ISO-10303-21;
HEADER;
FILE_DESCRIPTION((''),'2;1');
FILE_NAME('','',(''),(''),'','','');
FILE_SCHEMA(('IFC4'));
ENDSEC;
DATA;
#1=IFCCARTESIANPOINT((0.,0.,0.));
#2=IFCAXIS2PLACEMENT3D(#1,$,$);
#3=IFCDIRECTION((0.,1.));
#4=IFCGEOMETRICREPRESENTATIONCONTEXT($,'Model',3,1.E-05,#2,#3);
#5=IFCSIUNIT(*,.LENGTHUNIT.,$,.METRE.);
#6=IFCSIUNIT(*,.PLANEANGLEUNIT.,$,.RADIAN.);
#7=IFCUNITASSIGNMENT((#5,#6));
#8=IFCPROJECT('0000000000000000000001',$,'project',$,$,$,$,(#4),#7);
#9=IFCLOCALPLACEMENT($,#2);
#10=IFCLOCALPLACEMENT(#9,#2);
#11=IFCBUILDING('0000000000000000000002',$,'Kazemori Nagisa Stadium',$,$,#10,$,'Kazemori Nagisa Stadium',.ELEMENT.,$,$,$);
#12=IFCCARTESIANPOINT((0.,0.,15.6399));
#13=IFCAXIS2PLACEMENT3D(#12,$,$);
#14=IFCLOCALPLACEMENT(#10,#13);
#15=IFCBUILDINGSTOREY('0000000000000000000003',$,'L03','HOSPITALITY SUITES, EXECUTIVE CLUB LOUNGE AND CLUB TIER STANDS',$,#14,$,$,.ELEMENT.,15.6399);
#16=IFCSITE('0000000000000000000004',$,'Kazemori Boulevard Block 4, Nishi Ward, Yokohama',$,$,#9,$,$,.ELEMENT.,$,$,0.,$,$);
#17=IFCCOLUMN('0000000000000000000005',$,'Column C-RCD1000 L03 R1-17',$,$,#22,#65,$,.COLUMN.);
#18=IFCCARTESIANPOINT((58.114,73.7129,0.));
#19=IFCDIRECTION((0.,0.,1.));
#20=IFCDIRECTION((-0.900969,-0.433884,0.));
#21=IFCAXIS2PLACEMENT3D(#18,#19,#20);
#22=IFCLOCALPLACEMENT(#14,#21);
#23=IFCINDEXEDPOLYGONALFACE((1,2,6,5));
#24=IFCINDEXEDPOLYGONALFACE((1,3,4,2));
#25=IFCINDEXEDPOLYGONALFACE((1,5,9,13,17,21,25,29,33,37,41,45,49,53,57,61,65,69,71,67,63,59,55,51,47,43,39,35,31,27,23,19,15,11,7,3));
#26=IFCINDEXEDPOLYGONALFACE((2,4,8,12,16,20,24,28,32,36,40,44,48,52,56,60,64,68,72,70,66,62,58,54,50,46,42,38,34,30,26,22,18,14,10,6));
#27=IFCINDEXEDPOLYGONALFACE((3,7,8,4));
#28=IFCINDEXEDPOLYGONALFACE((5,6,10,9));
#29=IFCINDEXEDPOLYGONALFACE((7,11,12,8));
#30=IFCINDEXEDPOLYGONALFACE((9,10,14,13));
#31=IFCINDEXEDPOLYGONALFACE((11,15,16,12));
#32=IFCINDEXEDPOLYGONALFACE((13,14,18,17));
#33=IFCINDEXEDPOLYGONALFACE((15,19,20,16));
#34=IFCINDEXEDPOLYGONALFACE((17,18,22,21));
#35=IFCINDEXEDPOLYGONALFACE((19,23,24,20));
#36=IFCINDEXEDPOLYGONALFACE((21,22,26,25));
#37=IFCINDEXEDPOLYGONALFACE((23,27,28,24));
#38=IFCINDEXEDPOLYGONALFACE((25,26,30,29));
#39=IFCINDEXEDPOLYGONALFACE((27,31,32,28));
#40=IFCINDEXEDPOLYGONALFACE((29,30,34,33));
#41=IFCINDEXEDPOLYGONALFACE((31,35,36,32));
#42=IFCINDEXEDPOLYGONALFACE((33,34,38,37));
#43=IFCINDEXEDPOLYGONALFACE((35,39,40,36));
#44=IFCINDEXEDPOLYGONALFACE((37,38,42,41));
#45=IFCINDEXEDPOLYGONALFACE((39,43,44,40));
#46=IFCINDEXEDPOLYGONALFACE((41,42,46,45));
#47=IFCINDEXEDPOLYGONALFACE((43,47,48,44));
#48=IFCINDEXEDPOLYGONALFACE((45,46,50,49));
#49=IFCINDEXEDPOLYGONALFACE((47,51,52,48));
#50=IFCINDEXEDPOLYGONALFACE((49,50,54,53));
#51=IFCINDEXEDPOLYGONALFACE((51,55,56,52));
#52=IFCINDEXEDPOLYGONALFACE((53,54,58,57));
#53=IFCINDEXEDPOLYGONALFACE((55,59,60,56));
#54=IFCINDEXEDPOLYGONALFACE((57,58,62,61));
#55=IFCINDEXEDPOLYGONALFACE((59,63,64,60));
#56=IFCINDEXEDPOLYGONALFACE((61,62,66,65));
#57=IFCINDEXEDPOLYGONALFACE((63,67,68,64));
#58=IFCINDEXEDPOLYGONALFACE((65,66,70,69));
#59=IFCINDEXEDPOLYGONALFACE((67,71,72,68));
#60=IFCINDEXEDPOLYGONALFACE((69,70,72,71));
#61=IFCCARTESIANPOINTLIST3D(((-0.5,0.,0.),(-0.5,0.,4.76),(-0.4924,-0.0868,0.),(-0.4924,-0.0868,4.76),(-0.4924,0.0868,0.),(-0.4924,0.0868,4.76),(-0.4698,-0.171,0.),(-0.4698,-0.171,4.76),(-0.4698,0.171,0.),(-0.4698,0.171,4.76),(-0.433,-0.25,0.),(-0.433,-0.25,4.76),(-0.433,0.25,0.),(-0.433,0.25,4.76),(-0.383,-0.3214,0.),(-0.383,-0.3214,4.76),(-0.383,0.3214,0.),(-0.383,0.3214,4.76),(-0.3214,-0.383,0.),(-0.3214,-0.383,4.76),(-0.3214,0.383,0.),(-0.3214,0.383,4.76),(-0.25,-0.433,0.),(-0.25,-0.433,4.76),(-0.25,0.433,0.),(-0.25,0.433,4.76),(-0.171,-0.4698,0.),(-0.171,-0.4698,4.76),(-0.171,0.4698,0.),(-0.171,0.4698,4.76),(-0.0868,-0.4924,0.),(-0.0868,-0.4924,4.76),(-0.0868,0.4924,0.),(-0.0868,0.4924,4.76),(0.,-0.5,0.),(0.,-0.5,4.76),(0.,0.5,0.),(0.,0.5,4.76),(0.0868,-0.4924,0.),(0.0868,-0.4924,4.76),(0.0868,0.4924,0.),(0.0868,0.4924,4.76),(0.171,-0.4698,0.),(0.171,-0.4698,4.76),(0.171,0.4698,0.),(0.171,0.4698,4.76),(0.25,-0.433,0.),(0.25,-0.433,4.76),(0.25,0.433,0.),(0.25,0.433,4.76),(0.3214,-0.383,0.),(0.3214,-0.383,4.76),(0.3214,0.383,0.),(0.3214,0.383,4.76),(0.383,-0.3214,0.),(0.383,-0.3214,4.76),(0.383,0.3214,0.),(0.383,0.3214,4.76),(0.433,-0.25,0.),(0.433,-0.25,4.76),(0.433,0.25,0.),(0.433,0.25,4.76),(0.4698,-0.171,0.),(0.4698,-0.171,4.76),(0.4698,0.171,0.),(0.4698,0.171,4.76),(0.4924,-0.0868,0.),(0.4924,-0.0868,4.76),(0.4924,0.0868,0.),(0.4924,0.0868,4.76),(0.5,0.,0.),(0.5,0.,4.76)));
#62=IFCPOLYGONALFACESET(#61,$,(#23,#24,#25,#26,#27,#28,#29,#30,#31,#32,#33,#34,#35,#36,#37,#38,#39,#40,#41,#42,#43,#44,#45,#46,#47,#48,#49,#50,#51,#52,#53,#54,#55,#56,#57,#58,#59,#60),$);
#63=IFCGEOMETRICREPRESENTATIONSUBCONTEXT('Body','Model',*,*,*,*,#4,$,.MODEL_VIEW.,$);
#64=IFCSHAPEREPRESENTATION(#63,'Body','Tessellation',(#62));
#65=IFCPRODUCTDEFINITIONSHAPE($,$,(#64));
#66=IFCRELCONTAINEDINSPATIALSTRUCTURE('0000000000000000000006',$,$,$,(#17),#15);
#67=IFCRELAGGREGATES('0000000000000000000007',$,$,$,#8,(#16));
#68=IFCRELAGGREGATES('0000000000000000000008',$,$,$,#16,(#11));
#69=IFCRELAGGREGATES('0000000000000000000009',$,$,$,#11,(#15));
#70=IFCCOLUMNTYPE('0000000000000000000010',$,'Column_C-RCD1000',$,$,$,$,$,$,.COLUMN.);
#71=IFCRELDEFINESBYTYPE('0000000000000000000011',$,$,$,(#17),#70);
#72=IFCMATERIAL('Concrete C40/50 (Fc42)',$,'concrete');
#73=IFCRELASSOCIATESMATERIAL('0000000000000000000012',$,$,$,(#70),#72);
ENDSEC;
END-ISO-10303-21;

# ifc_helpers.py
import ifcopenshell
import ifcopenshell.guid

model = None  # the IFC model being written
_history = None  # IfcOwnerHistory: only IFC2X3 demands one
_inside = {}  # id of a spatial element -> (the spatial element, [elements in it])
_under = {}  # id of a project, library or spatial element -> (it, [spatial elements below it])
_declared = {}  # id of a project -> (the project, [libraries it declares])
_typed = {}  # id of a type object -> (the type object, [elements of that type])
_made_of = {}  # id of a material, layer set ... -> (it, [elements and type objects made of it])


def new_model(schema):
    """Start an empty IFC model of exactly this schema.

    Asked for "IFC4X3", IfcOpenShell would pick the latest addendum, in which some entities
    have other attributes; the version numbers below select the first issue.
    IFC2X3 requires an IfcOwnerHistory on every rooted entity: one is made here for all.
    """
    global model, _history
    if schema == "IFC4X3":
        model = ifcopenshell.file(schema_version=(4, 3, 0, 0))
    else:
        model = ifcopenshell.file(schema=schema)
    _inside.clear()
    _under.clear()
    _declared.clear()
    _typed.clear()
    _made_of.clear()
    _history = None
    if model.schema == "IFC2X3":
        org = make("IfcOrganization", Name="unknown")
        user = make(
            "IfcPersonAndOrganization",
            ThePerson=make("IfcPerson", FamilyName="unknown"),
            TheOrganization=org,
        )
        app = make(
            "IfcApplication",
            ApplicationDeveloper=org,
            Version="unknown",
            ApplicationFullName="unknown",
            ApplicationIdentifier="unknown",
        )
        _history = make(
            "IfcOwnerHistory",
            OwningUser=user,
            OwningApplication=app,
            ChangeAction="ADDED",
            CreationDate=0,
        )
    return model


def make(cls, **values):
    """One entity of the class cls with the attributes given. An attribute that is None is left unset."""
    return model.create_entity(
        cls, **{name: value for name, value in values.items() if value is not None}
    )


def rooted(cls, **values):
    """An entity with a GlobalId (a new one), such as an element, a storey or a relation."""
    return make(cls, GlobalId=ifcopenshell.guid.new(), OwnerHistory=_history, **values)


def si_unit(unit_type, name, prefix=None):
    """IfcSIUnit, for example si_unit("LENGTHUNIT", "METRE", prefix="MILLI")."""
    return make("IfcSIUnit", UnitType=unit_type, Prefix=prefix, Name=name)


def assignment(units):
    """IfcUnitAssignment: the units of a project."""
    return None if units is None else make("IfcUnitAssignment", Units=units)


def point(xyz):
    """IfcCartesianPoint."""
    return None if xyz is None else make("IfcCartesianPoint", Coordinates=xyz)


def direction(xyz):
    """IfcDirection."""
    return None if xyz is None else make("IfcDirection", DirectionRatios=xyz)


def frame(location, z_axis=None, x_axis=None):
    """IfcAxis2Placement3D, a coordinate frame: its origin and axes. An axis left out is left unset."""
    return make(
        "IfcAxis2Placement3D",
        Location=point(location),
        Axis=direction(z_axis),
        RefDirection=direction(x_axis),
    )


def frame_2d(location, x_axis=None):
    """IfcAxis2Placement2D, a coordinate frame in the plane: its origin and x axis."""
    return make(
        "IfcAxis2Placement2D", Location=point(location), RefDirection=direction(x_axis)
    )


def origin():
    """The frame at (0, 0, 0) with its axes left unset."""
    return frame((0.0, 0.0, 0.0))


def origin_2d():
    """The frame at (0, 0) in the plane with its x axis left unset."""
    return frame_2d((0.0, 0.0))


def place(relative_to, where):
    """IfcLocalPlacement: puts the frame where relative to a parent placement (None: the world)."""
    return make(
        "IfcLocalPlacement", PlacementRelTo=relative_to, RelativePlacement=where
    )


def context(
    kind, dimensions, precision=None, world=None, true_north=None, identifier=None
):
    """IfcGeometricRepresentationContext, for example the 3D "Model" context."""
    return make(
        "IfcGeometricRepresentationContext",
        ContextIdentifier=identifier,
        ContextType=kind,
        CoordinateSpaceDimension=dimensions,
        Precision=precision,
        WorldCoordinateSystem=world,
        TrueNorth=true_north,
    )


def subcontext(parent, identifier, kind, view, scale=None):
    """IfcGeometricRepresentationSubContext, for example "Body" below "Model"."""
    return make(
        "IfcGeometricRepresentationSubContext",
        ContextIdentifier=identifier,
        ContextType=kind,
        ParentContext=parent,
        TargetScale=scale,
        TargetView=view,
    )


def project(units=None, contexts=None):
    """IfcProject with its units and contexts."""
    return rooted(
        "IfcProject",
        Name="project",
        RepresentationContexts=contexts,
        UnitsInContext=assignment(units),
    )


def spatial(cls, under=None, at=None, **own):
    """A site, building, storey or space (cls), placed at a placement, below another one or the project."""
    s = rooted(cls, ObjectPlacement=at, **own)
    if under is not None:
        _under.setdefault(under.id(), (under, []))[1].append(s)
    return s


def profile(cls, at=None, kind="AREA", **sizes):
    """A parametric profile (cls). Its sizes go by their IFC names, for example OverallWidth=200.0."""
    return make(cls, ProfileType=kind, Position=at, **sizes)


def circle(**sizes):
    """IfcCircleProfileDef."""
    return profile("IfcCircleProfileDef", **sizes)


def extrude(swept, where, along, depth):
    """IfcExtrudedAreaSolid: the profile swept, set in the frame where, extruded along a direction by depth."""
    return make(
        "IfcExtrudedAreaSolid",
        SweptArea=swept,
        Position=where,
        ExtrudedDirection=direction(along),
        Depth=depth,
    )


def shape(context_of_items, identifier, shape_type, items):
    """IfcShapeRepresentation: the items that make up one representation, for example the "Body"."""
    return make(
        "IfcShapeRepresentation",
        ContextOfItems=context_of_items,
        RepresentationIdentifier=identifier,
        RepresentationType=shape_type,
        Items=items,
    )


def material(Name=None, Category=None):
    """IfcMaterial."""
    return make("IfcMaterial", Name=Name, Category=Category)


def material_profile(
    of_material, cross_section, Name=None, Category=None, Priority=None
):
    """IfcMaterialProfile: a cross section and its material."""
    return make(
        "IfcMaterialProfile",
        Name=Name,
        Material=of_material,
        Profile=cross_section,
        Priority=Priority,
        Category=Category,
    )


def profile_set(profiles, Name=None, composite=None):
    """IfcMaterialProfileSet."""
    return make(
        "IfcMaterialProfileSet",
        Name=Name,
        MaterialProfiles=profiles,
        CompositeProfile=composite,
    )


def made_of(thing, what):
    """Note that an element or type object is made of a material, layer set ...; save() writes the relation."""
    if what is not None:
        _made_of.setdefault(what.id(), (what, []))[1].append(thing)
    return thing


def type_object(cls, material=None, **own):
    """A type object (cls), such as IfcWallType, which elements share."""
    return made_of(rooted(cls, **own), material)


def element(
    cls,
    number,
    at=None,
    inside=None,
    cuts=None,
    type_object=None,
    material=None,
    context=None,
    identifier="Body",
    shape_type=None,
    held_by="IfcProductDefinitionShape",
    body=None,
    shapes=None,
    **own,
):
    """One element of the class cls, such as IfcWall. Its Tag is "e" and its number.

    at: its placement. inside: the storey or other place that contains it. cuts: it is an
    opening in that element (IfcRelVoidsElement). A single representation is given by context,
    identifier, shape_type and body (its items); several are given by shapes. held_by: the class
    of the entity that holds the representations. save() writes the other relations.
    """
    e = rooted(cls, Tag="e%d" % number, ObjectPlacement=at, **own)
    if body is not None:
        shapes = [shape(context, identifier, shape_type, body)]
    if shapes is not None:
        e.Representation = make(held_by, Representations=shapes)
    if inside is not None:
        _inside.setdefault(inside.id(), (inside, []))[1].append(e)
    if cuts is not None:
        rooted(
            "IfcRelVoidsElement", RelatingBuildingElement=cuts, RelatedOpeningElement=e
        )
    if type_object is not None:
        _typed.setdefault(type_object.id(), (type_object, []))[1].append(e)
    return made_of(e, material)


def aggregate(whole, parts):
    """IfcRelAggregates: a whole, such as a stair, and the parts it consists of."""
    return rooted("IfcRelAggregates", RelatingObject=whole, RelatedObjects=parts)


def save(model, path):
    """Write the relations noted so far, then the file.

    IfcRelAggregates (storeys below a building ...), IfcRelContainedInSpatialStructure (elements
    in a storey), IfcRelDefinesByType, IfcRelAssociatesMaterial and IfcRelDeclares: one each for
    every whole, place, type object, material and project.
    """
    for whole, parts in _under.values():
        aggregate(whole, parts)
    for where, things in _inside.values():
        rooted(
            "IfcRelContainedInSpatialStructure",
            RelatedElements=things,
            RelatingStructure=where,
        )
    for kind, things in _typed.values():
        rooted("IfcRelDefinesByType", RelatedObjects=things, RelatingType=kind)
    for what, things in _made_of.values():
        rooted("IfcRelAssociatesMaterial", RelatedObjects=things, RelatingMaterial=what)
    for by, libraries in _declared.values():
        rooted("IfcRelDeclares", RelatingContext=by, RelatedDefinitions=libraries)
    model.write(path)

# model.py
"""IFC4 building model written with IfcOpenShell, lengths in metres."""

from ifc_helpers import new_model, si_unit, direction, frame, origin, origin_2d, place, context, subcontext, project, spatial, circle, extrude, material, material_profile, profile_set, type_object, element, save


model = new_model("IFC4")

# Units and contexts
model_context = context("Model", 3, precision=1e-05, world=origin(), true_north=direction((0.0, 1.0)))
body_context = subcontext(model_context, "Body", "Model", "MODEL_VIEW")
ifc_project = project(units=[si_unit("LENGTHUNIT", "METRE"), si_unit("PLANEANGLEUNIT", "RADIAN")], contexts=[model_context])

# Site, building, storey
site_placement = place(None, origin())
site = spatial("IfcSite", under=ifc_project, at=site_placement, Name="Kazemori Boulevard Block 4, Nishi Ward, Yokohama", CompositionType="ELEMENT", RefElevation=0.0)
building_placement = place(site_placement, origin())
building = spatial("IfcBuilding", under=site, at=building_placement, Name="Kazemori Nagisa Stadium", LongName="Kazemori Nagisa Stadium", CompositionType="ELEMENT")
storey_placement = place(building_placement, frame((0.0, 0.0, 15.6399)))
storey = spatial("IfcBuildingStorey", under=building, at=storey_placement, Name="L03", Description="HOSPITALITY SUITES, EXECUTIVE CLUB LOUNGE AND CLUB TIER STANDS", CompositionType="ELEMENT", Elevation=15.6399)

# Column
ifc_material_1 = material(Name="Concrete C40/50 (Fc42)", Category="concrete")
ifc_material_profile_1 = material_profile(ifc_material_1, circle(Radius=0.5, at=origin_2d()), Name="RC-COL-D1000")
ifc_profile_set_1 = profile_set([ifc_material_profile_1], Name="Concrete C40/50 (Fc42)")
column_type = type_object("IfcColumnType", Name="Column_C-RCD1000", PredefinedType="COLUMN", material=ifc_profile_set_1)
column_placement = place(storey_placement, frame((58.114, 73.7129, 0.0), z_axis=(0.0, 0.0, 1.0), x_axis=(-0.900969, -0.433884, 0.0)))
element("IfcColumn", 1, at=column_placement, inside=storey, type_object=column_type, Name="Column C-RCD1000 L03 R1-17", PredefinedType="COLUMN", context=body_context, shape_type="SweptSolid", body=[
    extrude(circle(Radius=0.5, at=origin_2d()), origin(), (0.0, 0.0, 1.0), 4.76),
])

save(model, "model.ifc")
